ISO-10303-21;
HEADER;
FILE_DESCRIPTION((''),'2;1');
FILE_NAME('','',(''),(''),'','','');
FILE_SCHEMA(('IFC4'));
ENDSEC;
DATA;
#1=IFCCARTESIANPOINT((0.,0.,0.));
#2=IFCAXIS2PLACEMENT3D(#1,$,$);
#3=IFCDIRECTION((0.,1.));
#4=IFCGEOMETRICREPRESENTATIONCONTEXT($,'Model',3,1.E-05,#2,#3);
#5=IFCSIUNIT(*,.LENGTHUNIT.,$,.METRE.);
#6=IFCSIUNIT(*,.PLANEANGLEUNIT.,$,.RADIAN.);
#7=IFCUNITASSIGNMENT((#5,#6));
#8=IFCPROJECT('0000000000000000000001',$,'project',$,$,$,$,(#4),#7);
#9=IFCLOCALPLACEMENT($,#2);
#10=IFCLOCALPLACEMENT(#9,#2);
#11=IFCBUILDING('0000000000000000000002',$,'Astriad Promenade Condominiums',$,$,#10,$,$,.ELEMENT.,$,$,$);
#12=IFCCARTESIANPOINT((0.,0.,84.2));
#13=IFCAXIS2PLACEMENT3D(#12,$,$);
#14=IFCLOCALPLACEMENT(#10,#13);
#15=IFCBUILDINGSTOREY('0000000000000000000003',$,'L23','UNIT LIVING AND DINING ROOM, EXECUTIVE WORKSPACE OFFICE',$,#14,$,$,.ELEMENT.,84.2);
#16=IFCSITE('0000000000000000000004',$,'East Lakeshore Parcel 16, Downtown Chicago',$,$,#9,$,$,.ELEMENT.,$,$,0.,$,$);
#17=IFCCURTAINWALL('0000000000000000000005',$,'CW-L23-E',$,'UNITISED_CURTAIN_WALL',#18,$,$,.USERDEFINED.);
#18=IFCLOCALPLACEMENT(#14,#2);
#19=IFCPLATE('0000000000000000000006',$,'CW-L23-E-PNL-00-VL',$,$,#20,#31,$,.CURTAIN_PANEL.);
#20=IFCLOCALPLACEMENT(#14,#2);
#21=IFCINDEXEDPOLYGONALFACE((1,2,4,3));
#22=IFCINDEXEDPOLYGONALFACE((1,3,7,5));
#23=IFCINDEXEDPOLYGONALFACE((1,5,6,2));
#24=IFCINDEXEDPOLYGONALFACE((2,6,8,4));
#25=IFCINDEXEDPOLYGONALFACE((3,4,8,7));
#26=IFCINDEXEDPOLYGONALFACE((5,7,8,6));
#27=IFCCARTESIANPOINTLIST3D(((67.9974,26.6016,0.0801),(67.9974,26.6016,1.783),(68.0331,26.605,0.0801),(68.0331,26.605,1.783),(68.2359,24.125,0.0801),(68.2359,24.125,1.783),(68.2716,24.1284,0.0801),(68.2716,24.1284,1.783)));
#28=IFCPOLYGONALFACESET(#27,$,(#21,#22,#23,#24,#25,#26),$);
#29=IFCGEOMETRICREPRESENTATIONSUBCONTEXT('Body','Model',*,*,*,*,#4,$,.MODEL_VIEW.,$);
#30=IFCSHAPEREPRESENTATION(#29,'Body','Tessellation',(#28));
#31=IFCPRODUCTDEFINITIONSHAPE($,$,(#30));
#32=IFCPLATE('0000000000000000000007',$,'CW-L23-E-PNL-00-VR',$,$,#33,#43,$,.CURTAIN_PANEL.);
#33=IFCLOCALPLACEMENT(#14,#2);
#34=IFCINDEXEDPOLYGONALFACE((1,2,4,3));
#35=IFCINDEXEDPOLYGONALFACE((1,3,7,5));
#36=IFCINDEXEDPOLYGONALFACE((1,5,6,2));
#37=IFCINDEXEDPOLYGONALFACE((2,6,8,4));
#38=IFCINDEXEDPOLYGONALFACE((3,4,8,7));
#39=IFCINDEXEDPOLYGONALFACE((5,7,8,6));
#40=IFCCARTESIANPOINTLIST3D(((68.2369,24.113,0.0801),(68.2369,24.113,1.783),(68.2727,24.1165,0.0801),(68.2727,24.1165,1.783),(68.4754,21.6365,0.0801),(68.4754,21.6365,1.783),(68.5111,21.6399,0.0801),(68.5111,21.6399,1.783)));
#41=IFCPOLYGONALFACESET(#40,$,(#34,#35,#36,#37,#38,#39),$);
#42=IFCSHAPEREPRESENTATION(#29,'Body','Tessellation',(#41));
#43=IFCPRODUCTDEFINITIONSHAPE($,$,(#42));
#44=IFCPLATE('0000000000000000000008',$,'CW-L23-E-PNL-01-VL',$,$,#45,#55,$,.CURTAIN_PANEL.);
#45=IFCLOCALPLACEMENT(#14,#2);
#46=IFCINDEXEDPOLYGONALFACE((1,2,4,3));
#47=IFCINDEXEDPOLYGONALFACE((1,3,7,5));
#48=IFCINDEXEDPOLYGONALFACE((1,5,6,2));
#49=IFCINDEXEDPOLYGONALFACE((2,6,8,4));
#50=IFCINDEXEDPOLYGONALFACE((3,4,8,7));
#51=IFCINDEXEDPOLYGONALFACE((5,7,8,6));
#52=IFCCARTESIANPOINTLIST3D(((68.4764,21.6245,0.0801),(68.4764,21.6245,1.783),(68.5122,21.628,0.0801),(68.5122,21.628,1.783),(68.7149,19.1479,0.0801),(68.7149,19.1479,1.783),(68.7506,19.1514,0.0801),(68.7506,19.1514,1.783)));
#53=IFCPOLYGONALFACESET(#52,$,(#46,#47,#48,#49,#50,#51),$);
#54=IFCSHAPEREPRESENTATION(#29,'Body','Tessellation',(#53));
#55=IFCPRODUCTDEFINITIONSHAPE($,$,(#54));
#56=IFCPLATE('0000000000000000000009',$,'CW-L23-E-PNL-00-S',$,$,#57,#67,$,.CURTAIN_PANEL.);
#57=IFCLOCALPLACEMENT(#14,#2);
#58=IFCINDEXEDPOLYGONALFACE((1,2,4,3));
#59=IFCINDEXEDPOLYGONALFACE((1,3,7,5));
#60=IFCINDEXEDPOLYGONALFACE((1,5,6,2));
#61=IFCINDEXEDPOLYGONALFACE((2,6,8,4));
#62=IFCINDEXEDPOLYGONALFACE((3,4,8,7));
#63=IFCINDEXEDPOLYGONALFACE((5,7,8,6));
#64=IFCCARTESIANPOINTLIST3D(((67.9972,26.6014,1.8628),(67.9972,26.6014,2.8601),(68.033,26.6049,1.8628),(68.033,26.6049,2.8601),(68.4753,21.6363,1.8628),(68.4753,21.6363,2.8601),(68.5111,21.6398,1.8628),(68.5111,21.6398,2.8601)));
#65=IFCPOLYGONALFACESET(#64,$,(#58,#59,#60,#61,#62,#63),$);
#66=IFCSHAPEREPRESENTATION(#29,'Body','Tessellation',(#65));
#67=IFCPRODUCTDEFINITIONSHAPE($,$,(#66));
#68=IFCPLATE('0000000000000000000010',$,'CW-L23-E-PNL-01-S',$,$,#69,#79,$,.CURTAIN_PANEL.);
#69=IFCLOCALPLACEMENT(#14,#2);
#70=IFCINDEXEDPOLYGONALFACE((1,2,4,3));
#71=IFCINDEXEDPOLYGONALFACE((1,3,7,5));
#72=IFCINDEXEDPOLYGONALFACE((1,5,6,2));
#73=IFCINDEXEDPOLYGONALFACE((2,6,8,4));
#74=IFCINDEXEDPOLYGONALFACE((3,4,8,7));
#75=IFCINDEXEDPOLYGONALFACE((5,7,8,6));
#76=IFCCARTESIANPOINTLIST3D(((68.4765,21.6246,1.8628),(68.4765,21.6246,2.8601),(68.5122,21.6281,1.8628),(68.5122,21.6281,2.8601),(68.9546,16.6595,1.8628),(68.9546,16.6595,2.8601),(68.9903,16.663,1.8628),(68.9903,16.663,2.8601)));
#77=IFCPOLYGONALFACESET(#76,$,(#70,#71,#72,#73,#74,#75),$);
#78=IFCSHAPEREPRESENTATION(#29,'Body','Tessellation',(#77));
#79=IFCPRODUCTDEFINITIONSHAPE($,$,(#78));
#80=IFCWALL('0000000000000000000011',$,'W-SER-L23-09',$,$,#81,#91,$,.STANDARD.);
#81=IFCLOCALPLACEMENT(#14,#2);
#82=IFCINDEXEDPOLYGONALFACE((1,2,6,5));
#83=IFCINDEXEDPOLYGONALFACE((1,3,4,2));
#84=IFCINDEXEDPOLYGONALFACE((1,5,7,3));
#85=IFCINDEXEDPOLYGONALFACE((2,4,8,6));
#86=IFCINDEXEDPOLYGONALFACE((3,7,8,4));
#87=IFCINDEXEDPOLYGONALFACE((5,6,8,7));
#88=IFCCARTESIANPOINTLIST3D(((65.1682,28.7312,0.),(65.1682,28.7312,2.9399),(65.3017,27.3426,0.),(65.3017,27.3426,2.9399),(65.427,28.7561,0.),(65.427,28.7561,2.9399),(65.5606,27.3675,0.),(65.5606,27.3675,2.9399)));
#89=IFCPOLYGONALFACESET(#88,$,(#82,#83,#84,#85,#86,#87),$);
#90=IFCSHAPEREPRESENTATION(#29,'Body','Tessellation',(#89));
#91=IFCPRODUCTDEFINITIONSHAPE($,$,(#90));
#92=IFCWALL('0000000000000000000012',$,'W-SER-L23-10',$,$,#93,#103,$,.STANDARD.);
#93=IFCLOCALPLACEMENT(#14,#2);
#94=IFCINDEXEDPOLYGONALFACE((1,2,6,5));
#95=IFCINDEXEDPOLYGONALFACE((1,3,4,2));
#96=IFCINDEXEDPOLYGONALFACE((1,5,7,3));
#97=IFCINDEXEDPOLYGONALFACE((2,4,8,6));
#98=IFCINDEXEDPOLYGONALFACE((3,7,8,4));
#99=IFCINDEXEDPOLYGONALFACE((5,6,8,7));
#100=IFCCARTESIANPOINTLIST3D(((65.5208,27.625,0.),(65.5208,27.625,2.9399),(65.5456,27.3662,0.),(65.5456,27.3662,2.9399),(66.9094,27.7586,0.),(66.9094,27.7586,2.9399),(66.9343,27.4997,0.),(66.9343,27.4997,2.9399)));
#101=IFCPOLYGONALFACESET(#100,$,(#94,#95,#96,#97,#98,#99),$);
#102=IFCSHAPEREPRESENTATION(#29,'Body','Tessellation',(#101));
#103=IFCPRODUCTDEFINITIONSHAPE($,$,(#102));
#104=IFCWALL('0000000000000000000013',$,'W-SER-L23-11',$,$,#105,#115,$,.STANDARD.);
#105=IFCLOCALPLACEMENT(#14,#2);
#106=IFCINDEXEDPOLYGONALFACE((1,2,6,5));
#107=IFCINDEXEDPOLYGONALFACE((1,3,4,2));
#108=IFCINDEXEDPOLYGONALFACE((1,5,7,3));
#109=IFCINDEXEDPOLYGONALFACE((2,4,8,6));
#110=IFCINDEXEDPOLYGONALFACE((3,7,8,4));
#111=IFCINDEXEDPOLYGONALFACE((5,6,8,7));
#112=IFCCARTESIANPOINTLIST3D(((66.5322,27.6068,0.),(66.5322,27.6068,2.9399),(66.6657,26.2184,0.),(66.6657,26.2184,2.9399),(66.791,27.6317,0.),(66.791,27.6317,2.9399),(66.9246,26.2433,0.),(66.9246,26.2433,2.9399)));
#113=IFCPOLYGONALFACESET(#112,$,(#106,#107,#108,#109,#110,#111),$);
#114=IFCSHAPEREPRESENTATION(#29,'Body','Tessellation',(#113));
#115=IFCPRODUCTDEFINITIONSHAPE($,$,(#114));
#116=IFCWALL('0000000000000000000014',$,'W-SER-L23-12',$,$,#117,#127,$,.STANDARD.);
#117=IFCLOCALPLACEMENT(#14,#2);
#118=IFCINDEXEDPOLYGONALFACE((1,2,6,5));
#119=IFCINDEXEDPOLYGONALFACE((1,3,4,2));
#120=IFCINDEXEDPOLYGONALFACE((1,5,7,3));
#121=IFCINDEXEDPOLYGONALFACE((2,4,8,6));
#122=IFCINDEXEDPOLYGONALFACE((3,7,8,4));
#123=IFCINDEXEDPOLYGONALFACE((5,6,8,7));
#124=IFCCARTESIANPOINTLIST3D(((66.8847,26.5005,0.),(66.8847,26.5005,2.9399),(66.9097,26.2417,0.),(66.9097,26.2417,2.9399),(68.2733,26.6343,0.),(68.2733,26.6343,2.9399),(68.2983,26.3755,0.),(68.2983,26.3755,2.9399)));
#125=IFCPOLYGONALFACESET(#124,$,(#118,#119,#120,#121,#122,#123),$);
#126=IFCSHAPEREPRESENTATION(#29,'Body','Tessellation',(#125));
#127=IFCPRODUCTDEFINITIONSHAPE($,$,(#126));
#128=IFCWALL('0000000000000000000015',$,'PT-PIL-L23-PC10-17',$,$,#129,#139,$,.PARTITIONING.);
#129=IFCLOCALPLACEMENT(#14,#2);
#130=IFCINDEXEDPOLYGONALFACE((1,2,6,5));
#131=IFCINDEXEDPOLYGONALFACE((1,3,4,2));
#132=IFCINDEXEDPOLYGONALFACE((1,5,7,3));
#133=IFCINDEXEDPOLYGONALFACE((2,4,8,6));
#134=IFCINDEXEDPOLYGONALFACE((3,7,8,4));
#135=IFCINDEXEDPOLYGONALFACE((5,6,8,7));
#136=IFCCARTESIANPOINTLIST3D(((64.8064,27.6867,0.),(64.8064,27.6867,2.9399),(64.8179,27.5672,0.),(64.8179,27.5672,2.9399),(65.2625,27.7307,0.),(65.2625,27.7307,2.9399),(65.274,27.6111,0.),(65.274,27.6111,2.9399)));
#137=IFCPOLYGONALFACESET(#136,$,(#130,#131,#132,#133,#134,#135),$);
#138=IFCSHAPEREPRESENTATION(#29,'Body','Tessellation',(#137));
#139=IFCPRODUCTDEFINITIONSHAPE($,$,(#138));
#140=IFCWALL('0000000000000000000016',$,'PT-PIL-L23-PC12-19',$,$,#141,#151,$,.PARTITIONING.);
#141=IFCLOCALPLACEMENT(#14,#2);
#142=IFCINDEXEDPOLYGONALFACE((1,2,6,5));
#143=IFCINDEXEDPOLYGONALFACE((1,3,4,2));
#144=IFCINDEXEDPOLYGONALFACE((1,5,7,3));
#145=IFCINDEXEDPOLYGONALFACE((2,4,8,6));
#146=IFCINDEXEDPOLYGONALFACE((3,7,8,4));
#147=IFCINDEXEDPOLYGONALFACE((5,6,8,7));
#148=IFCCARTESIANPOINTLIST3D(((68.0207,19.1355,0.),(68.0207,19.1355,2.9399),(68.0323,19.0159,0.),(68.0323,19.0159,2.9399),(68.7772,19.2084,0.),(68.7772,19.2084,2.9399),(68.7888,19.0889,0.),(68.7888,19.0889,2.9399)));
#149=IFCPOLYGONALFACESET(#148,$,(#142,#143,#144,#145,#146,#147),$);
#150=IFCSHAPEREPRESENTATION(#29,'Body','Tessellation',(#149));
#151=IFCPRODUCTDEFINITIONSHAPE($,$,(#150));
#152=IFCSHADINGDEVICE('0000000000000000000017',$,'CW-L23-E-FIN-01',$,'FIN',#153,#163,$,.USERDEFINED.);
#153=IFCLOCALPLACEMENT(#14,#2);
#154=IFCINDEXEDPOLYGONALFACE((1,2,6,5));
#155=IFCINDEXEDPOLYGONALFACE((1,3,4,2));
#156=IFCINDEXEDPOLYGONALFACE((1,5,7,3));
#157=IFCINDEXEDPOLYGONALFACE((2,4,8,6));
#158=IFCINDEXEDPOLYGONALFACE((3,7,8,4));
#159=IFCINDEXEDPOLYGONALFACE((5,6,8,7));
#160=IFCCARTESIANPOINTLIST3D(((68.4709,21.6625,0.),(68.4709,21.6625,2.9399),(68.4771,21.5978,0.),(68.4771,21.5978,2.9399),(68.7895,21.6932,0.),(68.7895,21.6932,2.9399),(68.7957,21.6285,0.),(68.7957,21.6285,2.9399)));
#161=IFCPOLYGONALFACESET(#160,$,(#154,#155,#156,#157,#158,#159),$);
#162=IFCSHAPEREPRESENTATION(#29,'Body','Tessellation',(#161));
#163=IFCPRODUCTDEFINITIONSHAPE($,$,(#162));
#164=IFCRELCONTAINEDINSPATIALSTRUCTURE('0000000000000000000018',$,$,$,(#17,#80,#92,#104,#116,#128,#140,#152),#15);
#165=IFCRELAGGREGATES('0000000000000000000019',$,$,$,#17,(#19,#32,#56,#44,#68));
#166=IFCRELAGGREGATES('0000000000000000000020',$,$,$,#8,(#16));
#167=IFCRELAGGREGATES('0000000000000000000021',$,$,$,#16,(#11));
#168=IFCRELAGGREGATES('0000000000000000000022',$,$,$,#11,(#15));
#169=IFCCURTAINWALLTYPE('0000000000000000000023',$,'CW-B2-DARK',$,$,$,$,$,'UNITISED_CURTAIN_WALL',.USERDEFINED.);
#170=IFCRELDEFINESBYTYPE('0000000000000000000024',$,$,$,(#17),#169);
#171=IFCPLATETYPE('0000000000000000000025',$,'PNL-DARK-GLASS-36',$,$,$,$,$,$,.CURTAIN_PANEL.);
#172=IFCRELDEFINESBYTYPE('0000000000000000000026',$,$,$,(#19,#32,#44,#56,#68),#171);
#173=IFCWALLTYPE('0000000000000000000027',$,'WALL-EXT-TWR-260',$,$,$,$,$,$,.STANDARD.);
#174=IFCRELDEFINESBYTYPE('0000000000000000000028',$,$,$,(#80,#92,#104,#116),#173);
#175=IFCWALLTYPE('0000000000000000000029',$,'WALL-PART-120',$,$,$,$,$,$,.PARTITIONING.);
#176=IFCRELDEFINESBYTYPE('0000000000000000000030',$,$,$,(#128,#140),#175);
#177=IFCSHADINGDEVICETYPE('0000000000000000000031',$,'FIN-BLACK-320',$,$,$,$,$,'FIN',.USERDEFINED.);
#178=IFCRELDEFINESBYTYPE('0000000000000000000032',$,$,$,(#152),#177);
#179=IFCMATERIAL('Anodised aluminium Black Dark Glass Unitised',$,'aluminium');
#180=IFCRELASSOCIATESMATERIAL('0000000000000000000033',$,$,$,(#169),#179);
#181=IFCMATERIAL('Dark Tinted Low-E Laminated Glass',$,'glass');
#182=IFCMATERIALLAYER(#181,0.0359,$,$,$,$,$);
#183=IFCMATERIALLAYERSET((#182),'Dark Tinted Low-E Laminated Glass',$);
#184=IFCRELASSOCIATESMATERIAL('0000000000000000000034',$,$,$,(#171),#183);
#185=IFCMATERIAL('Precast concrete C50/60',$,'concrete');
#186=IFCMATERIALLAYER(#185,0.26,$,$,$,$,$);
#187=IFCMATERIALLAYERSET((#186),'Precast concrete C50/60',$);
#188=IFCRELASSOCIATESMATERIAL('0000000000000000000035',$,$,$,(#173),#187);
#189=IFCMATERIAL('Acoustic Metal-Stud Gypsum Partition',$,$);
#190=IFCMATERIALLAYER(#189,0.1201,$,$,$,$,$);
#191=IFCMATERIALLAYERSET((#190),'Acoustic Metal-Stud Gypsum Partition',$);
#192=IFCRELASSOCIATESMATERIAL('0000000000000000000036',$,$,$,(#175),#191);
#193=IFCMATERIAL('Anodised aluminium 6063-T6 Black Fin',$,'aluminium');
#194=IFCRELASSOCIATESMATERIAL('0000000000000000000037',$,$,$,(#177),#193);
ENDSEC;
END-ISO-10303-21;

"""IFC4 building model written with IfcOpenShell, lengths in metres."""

from ifc_helpers import new_model, si_unit, direction, frame, frame_2d, origin, origin_2d, place, context, subcontext, project, spatial, rectangle, extrude, source, transform, mapped, material, layer, layer_set, type_object, type_shapes, element, aggregate, save


model = new_model("IFC4")

# Units and contexts
model_context = context("Model", 3, precision=1e-05, world=origin(), true_north=direction((0.0, 1.0)))
body_context = subcontext(model_context, "Body", "Model", "MODEL_VIEW")
ifc_project = project(units=[si_unit("LENGTHUNIT", "METRE"), si_unit("PLANEANGLEUNIT", "RADIAN")], contexts=[model_context])

# Site, building, storey
site_placement = place(None, origin())
site = spatial("IfcSite", under=ifc_project, at=site_placement, Name="East Lakeshore Parcel 16, Downtown Chicago", CompositionType="ELEMENT", RefElevation=0.0)
building_placement = place(site_placement, origin())
building = spatial("IfcBuilding", under=site, at=building_placement, Name="Astriad Promenade Condominiums", CompositionType="ELEMENT")
storey_placement = place(building_placement, frame((0.0, 0.0, 84.2)))
storey = spatial("IfcBuildingStorey", under=building, at=storey_placement, Name="L23", Description="UNIT LIVING AND DINING ROOM, EXECUTIVE WORKSPACE OFFICE", CompositionType="ELEMENT", Elevation=84.2)

# Curtain wall, plates
ifc_material_1 = material(Name="Anodised aluminium Black Dark Glass Unitised", Category="aluminium")
curtain_wall_type = type_object("IfcCurtainWallType", Name="CW-B2-DARK", ElementType="UNITISED_CURTAIN_WALL", PredefinedType="USERDEFINED", material=ifc_material_1)
curtain_wall_placement = place(storey_placement, origin())
curtain_wall = element("IfcCurtainWall", 1, at=curtain_wall_placement, inside=storey, type_object=curtain_wall_type, Name="CW-L23-E", ObjectType="UNITISED_CURTAIN_WALL", PredefinedType="USERDEFINED")
ifc_material_2 = material(Name="Dark Tinted Low-E Laminated Glass", Category="glass")
ifc_layer_1 = layer(ifc_material_2, 0.0359)
ifc_layer_set_1 = layer_set([ifc_layer_1], Name="Dark Tinted Low-E Laminated Glass")
plate_type = type_object("IfcPlateType", Name="PNL-DARK-GLASS-36", PredefinedType="CURTAIN_PANEL", material=ifc_layer_set_1)
shared_shape_1 = source(origin(), body_context, "Body", "SweptSolid", [
    extrude(rectangle(XDim=2.488, YDim=0.0359, at=origin_2d()), origin(), (0.0, 0.0, 1.0), 1.7029),
])
plate_1_placement = place(storey_placement, frame((68.1345, 25.365, 0.0801), z_axis=(0.0, 0.0, 1.0), x_axis=(0.095846, -0.995396, 0.0)))
plate_1 = element("IfcPlate", 2, at=plate_1_placement, type_object=plate_type, Name="CW-L23-E-PNL-00-VL", PredefinedType="CURTAIN_PANEL", context=body_context, shape_type="MappedRepresentation", body=[
    mapped(shared_shape_1, transform((0.0, 0.0, 0.0), scale=1.0)),
])
plate_2_placement = place(storey_placement, frame((68.374, 22.8765, 0.0801), z_axis=(0.0, 0.0, 1.0), x_axis=(0.095846, -0.995396, 0.0)))
plate_2 = element("IfcPlate", 3, at=plate_2_placement, type_object=plate_type, Name="CW-L23-E-PNL-00-VR", PredefinedType="CURTAIN_PANEL", context=body_context, shape_type="MappedRepresentation", body=[
    mapped(shared_shape_1, transform((0.0, 0.0, 0.0), scale=1.0)),
])
plate_3_placement = place(storey_placement, frame((68.6135, 20.3879, 0.0801), z_axis=(0.0, 0.0, 1.0), x_axis=(0.095846, -0.995396, 0.0)))
plate_3 = element("IfcPlate", 4, at=plate_3_placement, type_object=plate_type, Name="CW-L23-E-PNL-01-VL", PredefinedType="CURTAIN_PANEL", context=body_context, shape_type="MappedRepresentation", body=[
    mapped(shared_shape_1, transform((0.0, 0.0, 0.0), scale=1.0)),
])
shared_shape_2 = source(origin(), body_context, "Body", "SweptSolid", [
    extrude(rectangle(XDim=4.988, YDim=0.0359, at=origin_2d()), origin(), (0.0, 0.0, 1.0), 0.9973),
])
type_shapes(plate_type, [shared_shape_1, shared_shape_2])
plate_4_placement = place(storey_placement, frame((68.2542, 24.1206, 1.8628), z_axis=(0.0, 0.0, 1.0), x_axis=(0.095846, -0.995396, 0.0)))
plate_4 = element("IfcPlate", 5, at=plate_4_placement, type_object=plate_type, Name="CW-L23-E-PNL-00-S", PredefinedType="CURTAIN_PANEL", context=body_context, shape_type="MappedRepresentation", body=[
    mapped(shared_shape_2, transform((0.0, 0.0, 0.0), scale=1.0)),
])
plate_5_placement = place(storey_placement, frame((68.7334, 19.1438, 1.8628), z_axis=(0.0, 0.0, 1.0), x_axis=(0.095846, -0.995396, 0.0)))
plate_5 = element("IfcPlate", 6, at=plate_5_placement, type_object=plate_type, Name="CW-L23-E-PNL-01-S", PredefinedType="CURTAIN_PANEL", context=body_context, shape_type="MappedRepresentation", body=[
    mapped(shared_shape_2, transform((0.0, 0.0, 0.0), scale=1.0)),
])
aggregate(curtain_wall, [plate_1, plate_2, plate_4, plate_3, plate_5])

# Walls
ifc_material_3 = material(Name="Precast concrete C50/60", Category="concrete")
ifc_layer_2 = layer(ifc_material_3, 0.26)
ifc_layer_set_2 = layer_set([ifc_layer_2], Name="Precast concrete C50/60")
wall_type_1 = type_object("IfcWallType", Name="WALL-EXT-TWR-260", PredefinedType="STANDARD", material=ifc_layer_set_2)
for number, where, z_axis, x_axis, name in (
    (7, (65.2976, 28.7437, 0.0), (0.0, 0.0, 1.0), (0.095726, -0.995408, 0.0), "W-SER-L23-09"),
    (8, (65.5332, 27.4956, 0.0), (0.0, 0.0, 1.0), (0.995408, 0.095726, 0.0), "W-SER-L23-10"),
):
    element("IfcWall", number, at=place(storey_placement, frame(where, z_axis=z_axis, x_axis=x_axis)), inside=storey, type_object=wall_type_1, Name=name, PredefinedType="STANDARD", context=body_context, shape_type="SweptSolid", body=[
        extrude(rectangle(XDim=1.395, YDim=0.26, at=frame_2d((0.6975, 0.0))), origin(), (0.0, 0.0, 1.0), 2.9399),
    ])
wall_1_placement = place(storey_placement, frame((66.6616, 27.6191, 0.0), z_axis=(0.0, 0.0, 1.0), x_axis=(0.095742, -0.995406, 0.0)))
element("IfcWall", 9, at=wall_1_placement, inside=storey, type_object=wall_type_1, Name="W-SER-L23-11", PredefinedType="STANDARD", context=body_context, shape_type="SweptSolid", body=[
    extrude(rectangle(XDim=1.3948, YDim=0.26, at=frame_2d((0.6973, 0.0))), origin(), (0.0, 0.0, 1.0), 2.9399),
])
wall_2_placement = place(storey_placement, frame((66.8972, 26.3711, 0.0), z_axis=(0.0, 0.0, 1.0), x_axis=(0.995391, 0.095899, 0.0)))
element("IfcWall", 10, at=wall_2_placement, inside=storey, type_object=wall_type_1, Name="W-SER-L23-12", PredefinedType="STANDARD", context=body_context, shape_type="SweptSolid", body=[
    extrude(rectangle(XDim=1.395, YDim=0.26, at=frame_2d((0.6975, 0.0))), origin(), (0.0, 0.0, 1.0), 2.9399),
])
ifc_material_4 = material(Name="Acoustic Metal-Stud Gypsum Partition")
ifc_layer_3 = layer(ifc_material_4, 0.1201)
ifc_layer_set_3 = layer_set([ifc_layer_3], Name="Acoustic Metal-Stud Gypsum Partition")
wall_type_2 = type_object("IfcWallType", Name="WALL-PART-120", PredefinedType="PARTITIONING", material=ifc_layer_set_3)
wall_3_placement = place(storey_placement, frame((64.8123, 27.627, 0.0), z_axis=(0.0, 0.0, 1.0), x_axis=(0.995389, 0.095915, 0.0)))
element("IfcWall", 11, at=wall_3_placement, inside=storey, type_object=wall_type_2, Name="PT-PIL-L23-PC10-17", PredefinedType="PARTITIONING", context=body_context, shape_type="SweptSolid", body=[
    extrude(rectangle(XDim=0.4583, YDim=0.1201, at=frame_2d((0.229, 0.0))), origin(), (0.0, 0.0, 1.0), 2.9399),
])
wall_4_placement = place(storey_placement, frame((68.0266, 19.0757, 0.0), z_axis=(0.0, 0.0, 1.0), x_axis=(0.995378, 0.096037, 0.0)))
element("IfcWall", 12, at=wall_4_placement, inside=storey, type_object=wall_type_2, Name="PT-PIL-L23-PC12-19", PredefinedType="PARTITIONING", context=body_context, shape_type="SweptSolid", body=[
    extrude(rectangle(XDim=0.76, YDim=0.1201, at=frame_2d((0.3799, 0.0))), origin(), (0.0, 0.0, 1.0), 2.9399),
])

# Shading device
ifc_material_5 = material(Name="Anodised aluminium 6063-T6 Black Fin", Category="aluminium")
shading_device_type = type_object("IfcShadingDeviceType", Name="FIN-BLACK-320", ElementType="FIN", PredefinedType="USERDEFINED", material=ifc_material_5)
shared_shape_3 = source(origin(), body_context, "Body", "SweptSolid", [
    extrude(rectangle(XDim=0.0649, YDim=0.3201, at=origin_2d()), origin(), (0.0, 0.0, 1.0), 2.9399),
])
type_shapes(shading_device_type, [shared_shape_3])
shading_device_placement = place(storey_placement, frame((68.6333, 21.6455, 0.0), z_axis=(0.0, 0.0, 1.0), x_axis=(0.095846, -0.995396, 0.0)))
element("IfcShadingDevice", 13, at=shading_device_placement, inside=storey, type_object=shading_device_type, Name="CW-L23-E-FIN-01", ObjectType="FIN", PredefinedType="USERDEFINED", context=body_context, shape_type="MappedRepresentation", body=[
    mapped(shared_shape_3, transform((0.0, 0.0, 0.0), scale=1.0)),
])

save(model, "model.ifc")
